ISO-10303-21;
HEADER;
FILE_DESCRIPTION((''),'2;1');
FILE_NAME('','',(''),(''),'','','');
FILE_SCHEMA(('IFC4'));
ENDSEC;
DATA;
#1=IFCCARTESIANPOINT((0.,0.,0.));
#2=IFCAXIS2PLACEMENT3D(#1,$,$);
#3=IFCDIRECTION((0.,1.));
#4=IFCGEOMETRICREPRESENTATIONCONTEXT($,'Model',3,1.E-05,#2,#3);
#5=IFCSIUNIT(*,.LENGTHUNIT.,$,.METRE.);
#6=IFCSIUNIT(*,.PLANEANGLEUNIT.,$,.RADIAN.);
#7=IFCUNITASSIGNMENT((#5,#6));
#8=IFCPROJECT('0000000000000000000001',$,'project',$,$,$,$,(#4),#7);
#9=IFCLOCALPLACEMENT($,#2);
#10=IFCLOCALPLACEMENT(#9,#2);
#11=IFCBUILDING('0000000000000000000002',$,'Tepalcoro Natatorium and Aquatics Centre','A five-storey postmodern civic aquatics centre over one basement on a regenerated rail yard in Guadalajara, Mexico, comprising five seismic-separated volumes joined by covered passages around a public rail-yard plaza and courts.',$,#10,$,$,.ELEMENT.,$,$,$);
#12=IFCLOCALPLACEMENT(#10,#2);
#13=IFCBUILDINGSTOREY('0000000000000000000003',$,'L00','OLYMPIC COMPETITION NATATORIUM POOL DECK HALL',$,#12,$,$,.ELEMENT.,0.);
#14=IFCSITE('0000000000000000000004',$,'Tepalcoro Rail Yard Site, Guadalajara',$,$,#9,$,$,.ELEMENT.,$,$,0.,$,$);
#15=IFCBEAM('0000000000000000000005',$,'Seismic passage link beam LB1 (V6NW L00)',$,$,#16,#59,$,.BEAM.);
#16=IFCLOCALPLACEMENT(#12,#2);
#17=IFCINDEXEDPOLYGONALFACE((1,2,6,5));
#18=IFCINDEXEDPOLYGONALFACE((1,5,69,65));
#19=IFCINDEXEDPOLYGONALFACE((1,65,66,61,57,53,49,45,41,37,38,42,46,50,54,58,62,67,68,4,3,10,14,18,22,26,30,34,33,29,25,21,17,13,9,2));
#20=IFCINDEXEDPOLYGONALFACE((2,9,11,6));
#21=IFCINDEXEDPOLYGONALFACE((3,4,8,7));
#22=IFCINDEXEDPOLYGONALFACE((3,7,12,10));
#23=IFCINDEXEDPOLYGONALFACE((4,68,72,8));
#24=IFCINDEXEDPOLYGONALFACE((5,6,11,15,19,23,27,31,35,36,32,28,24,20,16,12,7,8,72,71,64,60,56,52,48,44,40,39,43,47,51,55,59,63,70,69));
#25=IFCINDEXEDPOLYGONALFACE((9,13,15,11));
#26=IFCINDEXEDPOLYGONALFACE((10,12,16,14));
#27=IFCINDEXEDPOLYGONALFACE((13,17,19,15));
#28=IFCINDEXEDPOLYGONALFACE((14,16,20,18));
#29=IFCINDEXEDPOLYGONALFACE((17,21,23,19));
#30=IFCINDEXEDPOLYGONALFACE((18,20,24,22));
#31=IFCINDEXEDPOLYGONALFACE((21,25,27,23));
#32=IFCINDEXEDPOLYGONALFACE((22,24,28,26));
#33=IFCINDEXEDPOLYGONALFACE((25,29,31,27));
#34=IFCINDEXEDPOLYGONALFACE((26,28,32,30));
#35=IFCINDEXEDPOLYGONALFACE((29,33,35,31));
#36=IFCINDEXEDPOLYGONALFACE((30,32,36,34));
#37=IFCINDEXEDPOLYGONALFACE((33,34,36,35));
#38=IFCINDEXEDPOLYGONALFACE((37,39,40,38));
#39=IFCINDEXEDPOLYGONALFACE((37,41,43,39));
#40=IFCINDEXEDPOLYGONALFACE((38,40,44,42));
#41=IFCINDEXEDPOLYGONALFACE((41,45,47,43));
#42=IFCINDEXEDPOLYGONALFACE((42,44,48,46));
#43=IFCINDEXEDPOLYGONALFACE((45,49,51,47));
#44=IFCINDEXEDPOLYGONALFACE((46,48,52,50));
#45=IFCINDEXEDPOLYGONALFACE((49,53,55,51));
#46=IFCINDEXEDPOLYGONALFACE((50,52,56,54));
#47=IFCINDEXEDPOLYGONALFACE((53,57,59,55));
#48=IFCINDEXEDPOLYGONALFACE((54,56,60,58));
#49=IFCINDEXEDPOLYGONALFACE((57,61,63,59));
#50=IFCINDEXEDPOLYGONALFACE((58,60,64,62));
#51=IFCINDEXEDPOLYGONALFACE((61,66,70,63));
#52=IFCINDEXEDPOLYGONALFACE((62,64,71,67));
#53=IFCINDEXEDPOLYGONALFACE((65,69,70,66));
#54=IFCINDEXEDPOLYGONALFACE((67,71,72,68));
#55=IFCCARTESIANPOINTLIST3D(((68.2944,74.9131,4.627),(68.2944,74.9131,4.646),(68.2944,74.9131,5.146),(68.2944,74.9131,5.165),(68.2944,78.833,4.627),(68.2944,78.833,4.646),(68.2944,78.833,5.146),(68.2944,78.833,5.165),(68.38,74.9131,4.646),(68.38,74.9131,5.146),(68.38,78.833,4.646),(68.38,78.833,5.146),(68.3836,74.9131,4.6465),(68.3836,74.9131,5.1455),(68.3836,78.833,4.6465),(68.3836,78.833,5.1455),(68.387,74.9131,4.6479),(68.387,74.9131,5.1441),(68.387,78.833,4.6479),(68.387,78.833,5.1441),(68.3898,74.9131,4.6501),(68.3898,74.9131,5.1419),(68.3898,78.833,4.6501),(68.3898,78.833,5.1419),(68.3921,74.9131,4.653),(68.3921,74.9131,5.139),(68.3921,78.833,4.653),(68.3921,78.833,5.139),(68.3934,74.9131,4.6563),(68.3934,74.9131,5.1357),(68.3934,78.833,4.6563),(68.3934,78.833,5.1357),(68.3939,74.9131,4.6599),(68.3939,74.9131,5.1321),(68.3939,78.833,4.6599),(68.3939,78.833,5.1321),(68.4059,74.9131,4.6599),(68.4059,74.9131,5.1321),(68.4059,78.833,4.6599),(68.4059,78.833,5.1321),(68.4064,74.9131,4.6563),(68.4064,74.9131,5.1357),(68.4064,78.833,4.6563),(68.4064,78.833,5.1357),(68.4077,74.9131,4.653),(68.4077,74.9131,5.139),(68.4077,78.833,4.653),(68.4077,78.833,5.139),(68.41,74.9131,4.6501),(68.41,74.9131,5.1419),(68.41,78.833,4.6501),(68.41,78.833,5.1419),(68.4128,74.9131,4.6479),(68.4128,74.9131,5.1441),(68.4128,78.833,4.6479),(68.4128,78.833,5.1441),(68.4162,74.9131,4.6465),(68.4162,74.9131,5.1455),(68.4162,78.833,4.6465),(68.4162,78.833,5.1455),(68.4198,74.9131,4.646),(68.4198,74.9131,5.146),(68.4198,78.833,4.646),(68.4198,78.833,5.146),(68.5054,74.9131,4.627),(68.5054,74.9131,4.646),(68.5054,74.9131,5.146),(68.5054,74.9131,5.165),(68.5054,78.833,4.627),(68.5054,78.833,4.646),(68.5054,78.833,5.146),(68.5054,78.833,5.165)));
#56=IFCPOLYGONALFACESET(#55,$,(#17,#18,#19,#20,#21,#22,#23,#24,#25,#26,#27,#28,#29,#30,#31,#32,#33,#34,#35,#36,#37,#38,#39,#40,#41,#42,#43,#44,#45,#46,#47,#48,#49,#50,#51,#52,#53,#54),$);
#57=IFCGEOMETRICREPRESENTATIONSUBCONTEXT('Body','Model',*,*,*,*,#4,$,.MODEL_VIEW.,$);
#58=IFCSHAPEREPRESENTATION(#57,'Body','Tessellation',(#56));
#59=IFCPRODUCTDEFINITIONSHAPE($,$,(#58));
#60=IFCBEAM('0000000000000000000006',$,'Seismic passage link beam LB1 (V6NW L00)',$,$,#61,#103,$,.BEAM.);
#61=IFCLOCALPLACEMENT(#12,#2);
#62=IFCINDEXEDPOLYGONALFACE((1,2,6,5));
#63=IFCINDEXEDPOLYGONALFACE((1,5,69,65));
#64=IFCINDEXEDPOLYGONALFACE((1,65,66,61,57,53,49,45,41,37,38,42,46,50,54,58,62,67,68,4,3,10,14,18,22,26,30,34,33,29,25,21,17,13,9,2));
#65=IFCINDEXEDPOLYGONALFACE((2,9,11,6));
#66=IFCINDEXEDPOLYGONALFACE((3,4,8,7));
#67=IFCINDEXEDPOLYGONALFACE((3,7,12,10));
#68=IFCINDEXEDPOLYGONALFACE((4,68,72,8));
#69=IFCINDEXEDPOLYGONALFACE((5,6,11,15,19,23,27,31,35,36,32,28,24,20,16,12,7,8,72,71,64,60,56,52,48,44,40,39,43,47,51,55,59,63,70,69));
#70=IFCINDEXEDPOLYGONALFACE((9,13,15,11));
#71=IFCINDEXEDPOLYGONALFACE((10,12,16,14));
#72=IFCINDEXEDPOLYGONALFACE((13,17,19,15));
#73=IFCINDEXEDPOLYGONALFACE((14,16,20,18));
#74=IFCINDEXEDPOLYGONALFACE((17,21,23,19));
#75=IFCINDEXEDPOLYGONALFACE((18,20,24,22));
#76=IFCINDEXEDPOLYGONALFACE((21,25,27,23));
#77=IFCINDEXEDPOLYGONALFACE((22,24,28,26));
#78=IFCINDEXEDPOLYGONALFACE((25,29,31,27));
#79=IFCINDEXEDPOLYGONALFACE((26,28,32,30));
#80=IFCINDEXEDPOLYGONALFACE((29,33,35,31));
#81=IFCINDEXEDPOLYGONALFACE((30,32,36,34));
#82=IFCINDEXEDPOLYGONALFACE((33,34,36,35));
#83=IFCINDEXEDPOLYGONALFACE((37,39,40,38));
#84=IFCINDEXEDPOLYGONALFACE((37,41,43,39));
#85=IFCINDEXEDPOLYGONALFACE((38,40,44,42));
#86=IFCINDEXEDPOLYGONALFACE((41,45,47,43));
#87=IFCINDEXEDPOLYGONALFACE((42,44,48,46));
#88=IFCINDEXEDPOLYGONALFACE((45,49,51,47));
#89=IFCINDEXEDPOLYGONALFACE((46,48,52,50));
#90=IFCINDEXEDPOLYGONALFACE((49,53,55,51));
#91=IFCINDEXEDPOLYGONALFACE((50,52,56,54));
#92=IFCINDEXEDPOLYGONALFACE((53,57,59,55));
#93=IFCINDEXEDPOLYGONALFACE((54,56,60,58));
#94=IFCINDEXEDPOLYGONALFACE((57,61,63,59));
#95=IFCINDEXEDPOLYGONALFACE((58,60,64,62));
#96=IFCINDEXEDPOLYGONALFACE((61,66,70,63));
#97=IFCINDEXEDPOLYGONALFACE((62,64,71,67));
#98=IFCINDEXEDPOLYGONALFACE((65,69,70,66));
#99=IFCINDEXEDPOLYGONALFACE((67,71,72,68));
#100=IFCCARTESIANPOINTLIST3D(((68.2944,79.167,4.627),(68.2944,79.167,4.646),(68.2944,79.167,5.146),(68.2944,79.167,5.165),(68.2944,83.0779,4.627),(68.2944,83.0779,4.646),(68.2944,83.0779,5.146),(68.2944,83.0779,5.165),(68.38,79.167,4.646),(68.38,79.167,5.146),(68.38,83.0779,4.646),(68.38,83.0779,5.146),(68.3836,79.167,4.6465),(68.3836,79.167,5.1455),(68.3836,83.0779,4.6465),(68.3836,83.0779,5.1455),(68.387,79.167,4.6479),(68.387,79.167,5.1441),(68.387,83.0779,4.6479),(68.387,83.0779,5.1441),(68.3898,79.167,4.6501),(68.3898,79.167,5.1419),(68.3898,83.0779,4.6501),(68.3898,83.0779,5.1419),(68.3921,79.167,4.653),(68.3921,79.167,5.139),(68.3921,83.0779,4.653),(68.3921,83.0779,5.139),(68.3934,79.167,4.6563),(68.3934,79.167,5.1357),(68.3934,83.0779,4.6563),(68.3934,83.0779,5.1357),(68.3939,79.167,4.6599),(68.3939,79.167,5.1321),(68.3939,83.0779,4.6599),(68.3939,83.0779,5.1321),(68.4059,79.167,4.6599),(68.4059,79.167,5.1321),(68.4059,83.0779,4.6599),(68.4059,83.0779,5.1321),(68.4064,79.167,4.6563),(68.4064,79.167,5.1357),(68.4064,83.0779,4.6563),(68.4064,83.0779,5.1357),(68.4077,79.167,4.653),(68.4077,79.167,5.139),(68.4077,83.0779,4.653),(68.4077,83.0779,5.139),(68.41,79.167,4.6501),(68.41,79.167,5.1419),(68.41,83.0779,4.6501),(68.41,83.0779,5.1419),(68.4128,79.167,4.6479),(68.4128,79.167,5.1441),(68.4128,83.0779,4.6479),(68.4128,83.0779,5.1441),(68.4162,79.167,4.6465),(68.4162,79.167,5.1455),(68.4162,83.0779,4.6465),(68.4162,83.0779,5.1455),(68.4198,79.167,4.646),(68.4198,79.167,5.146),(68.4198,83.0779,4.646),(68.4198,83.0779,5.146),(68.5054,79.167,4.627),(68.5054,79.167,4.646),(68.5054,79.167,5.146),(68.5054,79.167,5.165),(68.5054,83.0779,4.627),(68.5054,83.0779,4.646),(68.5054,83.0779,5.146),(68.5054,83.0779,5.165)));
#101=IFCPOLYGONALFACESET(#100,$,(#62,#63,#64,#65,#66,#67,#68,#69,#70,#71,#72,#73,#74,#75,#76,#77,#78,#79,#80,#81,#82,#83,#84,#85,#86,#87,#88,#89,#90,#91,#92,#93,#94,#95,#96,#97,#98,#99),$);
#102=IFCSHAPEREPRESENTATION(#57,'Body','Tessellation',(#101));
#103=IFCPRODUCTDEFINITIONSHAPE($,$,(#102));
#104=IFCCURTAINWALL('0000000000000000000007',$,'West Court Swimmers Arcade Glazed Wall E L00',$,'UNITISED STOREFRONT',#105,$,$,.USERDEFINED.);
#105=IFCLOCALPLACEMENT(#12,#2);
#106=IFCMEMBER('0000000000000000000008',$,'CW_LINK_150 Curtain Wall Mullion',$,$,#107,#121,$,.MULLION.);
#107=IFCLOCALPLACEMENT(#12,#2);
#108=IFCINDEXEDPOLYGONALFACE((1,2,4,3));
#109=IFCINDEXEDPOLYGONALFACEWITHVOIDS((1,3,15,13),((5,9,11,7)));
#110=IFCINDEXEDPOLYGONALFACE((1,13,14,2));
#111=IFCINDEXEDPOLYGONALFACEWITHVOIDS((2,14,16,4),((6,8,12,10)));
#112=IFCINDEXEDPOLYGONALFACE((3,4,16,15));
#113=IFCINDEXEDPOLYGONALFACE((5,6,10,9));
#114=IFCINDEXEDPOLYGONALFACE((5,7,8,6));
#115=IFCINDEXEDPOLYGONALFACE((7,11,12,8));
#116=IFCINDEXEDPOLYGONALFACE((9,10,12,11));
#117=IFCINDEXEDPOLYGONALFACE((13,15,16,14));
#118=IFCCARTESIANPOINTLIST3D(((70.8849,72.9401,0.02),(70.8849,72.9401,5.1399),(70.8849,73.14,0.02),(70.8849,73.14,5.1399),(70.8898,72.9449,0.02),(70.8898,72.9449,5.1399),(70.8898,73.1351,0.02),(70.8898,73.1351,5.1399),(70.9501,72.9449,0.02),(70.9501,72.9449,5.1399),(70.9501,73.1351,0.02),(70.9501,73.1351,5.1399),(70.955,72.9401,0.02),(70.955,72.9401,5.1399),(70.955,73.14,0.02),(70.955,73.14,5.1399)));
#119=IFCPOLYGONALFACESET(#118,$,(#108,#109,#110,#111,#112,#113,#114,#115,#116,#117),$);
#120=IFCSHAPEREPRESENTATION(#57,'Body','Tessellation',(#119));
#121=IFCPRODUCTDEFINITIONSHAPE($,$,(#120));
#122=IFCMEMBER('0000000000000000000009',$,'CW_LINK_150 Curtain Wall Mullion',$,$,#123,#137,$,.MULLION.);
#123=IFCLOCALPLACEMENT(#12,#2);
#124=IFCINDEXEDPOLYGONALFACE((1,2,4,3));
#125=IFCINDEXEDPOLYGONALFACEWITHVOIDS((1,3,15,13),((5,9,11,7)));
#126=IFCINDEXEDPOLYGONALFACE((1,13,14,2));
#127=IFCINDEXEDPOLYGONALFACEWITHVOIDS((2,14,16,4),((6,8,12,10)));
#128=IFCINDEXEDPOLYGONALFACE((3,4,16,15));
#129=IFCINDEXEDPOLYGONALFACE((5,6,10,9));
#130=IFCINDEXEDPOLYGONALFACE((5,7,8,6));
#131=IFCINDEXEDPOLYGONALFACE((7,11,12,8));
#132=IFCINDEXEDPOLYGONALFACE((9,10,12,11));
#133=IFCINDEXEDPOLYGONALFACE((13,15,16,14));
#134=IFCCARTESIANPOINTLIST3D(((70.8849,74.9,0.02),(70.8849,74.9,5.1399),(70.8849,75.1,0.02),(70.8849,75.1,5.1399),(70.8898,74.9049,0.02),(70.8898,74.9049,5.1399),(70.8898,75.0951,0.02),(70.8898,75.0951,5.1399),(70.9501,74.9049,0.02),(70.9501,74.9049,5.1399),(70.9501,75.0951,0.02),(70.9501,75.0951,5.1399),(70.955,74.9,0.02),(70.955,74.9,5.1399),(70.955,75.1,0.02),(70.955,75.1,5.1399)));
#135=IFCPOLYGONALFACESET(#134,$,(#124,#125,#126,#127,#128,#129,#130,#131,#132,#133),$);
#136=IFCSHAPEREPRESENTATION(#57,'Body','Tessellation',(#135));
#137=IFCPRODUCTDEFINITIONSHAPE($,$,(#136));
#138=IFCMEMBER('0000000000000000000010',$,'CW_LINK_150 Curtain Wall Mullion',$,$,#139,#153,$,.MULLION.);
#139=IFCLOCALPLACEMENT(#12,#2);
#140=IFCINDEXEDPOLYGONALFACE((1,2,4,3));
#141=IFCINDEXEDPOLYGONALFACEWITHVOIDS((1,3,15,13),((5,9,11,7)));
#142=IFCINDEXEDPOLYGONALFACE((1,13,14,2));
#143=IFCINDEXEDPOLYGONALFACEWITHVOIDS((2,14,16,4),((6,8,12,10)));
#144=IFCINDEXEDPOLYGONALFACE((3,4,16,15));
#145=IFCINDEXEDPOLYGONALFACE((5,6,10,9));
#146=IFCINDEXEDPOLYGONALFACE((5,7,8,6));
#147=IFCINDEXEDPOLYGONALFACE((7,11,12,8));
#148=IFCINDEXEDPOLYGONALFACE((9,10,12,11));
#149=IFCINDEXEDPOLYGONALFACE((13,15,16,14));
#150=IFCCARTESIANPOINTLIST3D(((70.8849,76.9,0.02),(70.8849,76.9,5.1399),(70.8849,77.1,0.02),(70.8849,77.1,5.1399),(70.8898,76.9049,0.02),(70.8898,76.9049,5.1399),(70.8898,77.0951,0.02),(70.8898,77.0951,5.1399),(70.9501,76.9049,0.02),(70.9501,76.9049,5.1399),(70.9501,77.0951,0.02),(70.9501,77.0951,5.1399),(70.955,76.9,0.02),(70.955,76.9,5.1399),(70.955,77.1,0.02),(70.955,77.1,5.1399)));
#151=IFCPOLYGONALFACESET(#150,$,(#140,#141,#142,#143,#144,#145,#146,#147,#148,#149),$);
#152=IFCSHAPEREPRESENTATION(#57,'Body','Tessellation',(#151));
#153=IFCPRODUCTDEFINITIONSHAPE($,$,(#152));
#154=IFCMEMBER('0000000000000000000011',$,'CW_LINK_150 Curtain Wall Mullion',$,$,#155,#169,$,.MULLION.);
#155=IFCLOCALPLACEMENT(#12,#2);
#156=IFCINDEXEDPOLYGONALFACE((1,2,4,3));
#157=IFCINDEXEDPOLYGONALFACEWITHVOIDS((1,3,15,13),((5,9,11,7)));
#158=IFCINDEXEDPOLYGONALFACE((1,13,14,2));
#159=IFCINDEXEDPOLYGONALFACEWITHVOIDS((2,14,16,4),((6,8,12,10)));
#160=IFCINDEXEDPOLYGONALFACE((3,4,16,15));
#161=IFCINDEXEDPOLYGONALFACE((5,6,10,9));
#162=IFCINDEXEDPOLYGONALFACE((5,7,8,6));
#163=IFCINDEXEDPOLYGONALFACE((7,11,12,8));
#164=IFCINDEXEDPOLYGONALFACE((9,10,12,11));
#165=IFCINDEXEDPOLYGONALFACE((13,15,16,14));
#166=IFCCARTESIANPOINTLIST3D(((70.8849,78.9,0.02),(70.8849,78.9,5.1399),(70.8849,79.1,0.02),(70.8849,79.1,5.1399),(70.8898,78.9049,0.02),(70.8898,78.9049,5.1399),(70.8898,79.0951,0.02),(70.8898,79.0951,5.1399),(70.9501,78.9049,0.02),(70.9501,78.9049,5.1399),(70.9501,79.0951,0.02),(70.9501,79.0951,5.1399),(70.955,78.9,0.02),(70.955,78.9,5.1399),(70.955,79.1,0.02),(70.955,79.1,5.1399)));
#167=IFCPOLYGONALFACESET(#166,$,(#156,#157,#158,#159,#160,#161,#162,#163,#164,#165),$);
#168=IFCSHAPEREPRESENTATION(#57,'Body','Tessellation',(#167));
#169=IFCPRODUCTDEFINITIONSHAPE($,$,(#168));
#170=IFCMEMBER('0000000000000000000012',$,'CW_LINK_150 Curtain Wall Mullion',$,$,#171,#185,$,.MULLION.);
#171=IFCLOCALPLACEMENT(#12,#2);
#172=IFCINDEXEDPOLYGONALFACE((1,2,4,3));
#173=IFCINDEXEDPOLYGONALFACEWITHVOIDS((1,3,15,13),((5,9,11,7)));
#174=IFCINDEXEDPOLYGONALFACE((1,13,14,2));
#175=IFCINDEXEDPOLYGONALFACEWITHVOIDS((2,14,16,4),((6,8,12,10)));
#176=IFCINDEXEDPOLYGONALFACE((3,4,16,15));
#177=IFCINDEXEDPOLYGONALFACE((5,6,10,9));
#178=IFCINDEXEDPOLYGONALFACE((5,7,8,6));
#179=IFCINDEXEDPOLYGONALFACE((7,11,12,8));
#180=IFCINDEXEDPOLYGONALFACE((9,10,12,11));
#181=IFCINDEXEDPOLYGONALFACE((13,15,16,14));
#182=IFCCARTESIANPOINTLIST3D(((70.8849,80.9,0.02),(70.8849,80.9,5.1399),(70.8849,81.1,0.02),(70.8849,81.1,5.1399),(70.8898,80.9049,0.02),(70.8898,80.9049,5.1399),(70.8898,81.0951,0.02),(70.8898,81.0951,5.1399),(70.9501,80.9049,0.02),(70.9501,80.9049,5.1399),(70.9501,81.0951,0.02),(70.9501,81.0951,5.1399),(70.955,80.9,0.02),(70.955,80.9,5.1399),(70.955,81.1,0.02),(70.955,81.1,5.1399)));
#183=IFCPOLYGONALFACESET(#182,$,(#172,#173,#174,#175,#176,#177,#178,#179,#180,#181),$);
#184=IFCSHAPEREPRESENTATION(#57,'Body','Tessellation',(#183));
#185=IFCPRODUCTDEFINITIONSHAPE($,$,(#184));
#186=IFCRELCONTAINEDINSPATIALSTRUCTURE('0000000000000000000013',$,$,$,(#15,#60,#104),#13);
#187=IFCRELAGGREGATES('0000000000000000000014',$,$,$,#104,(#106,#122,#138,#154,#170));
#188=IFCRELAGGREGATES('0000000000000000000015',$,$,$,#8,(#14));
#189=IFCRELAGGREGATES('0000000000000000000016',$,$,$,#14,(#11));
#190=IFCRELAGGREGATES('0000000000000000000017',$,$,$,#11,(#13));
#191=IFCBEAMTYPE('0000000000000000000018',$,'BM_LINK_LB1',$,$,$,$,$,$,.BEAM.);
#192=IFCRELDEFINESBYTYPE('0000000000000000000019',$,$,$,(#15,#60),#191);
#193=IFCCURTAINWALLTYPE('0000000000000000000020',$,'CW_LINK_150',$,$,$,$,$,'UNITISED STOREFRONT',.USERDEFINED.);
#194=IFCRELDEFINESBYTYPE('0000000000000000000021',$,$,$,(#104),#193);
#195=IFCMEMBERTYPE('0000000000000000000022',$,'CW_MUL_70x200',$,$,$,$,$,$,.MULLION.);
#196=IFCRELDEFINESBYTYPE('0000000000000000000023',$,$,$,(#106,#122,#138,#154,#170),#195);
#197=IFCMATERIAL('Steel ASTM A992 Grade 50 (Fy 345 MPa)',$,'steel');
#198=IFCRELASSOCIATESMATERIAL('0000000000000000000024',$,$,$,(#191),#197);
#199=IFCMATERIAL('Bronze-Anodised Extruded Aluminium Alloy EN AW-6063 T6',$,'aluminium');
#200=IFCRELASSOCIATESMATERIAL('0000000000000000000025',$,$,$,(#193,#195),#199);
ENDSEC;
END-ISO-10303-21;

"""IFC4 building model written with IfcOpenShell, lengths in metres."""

from ifc_helpers import new_model, si_unit, direction, frame, origin, origin_2d, place, context, subcontext, project, spatial, hollow_rectangle, i_section, extrude, material, material_profile, profile_set, type_object, element, aggregate, save


model = new_model("IFC4")

# Units and contexts
model_context = context("Model", 3, precision=1e-05, world=origin(), true_north=direction((0.0, 1.0)))
body_context = subcontext(model_context, "Body", "Model", "MODEL_VIEW")
ifc_project = project(units=[si_unit("LENGTHUNIT", "METRE"), si_unit("PLANEANGLEUNIT", "RADIAN")], contexts=[model_context])

# Site, building, storey
site_placement = place(None, origin())
site = spatial("IfcSite", under=ifc_project, at=site_placement, Name="Tepalcoro Rail Yard Site, Guadalajara", CompositionType="ELEMENT", RefElevation=0.0)
building_placement = place(site_placement, origin())
building = spatial("IfcBuilding", under=site, at=building_placement, Name="Tepalcoro Natatorium and Aquatics Centre", Description="A five-storey postmodern civic aquatics centre over one basement on a regenerated rail yard in Guadalajara, Mexico, comprising five seismic-separated volumes joined by covered passages around a public rail-yard plaza and courts.", CompositionType="ELEMENT")
storey_placement = place(building_placement, origin())
storey = spatial("IfcBuildingStorey", under=building, at=storey_placement, Name="L00", Description="OLYMPIC COMPETITION NATATORIUM POOL DECK HALL", CompositionType="ELEMENT", Elevation=0.0)

# Shared definitions
ifc_material_1 = material(Name="Steel ASTM A992 Grade 50 (Fy 345 MPa)", Category="steel")

# Beams
ifc_material_profile_1 = material_profile(ifc_material_1, i_section(OverallWidth=0.2109, OverallDepth=0.5381, WebThickness=0.012, FlangeThickness=0.019, FilletRadius=0.0139, at=origin_2d()), Name="W21X73")
ifc_profile_set_1 = profile_set([ifc_material_profile_1], Name="Steel ASTM A992 Grade 50 (Fy 345 MPa)")
beam_type_1 = type_object("IfcBeamType", Name="BM_LINK_LB1", PredefinedType="BEAM", material=ifc_profile_set_1)
beam_1_placement = place(storey_placement, frame((68.3999, 74.9131, 4.896), z_axis=(0.0, 1.0, 0.0), x_axis=(-1.0, 0.0, 0.0)))
element("IfcBeam", 1, at=beam_1_placement, inside=storey, type_object=beam_type_1, Name="Seismic passage link beam LB1 (V6NW L00)", PredefinedType="BEAM", context=body_context, shape_type="SweptSolid", body=[
    extrude(i_section(OverallWidth=0.2109, OverallDepth=0.5381, WebThickness=0.012, FlangeThickness=0.019, FilletRadius=0.0139, at=origin_2d()), origin(), (0.0, 0.0, 1.0), 3.9199),
])
beam_2_placement = place(storey_placement, frame((68.3999, 79.167, 4.896), z_axis=(0.0, 1.0, 0.0), x_axis=(-1.0, 0.0, 0.0)))
element("IfcBeam", 2, at=beam_2_placement, inside=storey, type_object=beam_type_1, Name="Seismic passage link beam LB1 (V6NW L00)", PredefinedType="BEAM", context=body_context, shape_type="SweptSolid", body=[
    extrude(i_section(OverallWidth=0.2109, OverallDepth=0.5381, WebThickness=0.012, FlangeThickness=0.019, FilletRadius=0.0139, at=origin_2d()), origin(), (0.0, 0.0, 1.0), 3.9109),
])

# Curtain wall, members
ifc_material_2 = material(Name="Bronze-Anodised Extruded Aluminium Alloy EN AW-6063 T6", Category="aluminium")
curtain_wall_type = type_object("IfcCurtainWallType", Name="CW_LINK_150", ElementType="UNITISED STOREFRONT", PredefinedType="USERDEFINED", material=ifc_material_2)
curtain_wall_placement = place(storey_placement, origin())
curtain_wall = element("IfcCurtainWall", 3, at=curtain_wall_placement, inside=storey, type_object=curtain_wall_type, Name="West Court Swimmers Arcade Glazed Wall E L00", ObjectType="UNITISED STOREFRONT", PredefinedType="USERDEFINED")
ifc_material_profile_2 = material_profile(ifc_material_2, hollow_rectangle(XDim=0.0701, YDim=0.2, WallThickness=0.0049, at=origin_2d()), Name="AL70X200X5")
ifc_profile_set_2 = profile_set([ifc_material_profile_2], Name="Bronze-Anodised Extruded Aluminium Alloy EN AW-6063 T6")
member_type_1 = type_object("IfcMemberType", Name="CW_MUL_70x200", PredefinedType="MULLION", material=ifc_profile_set_2)
member_1_placement = place(storey_placement, frame((70.9199, 73.04, 0.02), z_axis=(0.0, 0.0, 1.0), x_axis=(1.0, 0.0, 0.0)))
member_1 = element("IfcMember", 4, at=member_1_placement, type_object=member_type_1, Name="CW_LINK_150 Curtain Wall Mullion", PredefinedType="MULLION", context=body_context, shape_type="SweptSolid", body=[
    extrude(hollow_rectangle(XDim=0.0701, YDim=0.2, WallThickness=0.0049, at=origin_2d()), origin(), (0.0, 0.0, 1.0), 5.1199),
])
member_2_placement = place(storey_placement, frame((70.9199, 75.0, 0.02), z_axis=(0.0, 0.0, 1.0), x_axis=(1.0, 0.0, 0.0)))
member_2 = element("IfcMember", 5, at=member_2_placement, type_object=member_type_1, Name="CW_LINK_150 Curtain Wall Mullion", PredefinedType="MULLION", context=body_context, shape_type="SweptSolid", body=[
    extrude(hollow_rectangle(XDim=0.0701, YDim=0.2, WallThickness=0.0049, at=origin_2d()), origin(), (0.0, 0.0, 1.0), 5.1199),
])
member_3_placement = place(storey_placement, frame((70.9199, 77.0, 0.02), z_axis=(0.0, 0.0, 1.0), x_axis=(1.0, 0.0, 0.0)))
member_3 = element("IfcMember", 6, at=member_3_placement, type_object=member_type_1, Name="CW_LINK_150 Curtain Wall Mullion", PredefinedType="MULLION", context=body_context, shape_type="SweptSolid", body=[
    extrude(hollow_rectangle(XDim=0.0701, YDim=0.2, WallThickness=0.0049, at=origin_2d()), origin(), (0.0, 0.0, 1.0), 5.1199),
])
member_4_placement = place(storey_placement, frame((70.9199, 79.0, 0.02), z_axis=(0.0, 0.0, 1.0), x_axis=(1.0, 0.0, 0.0)))
member_4 = element("IfcMember", 7, at=member_4_placement, type_object=member_type_1, Name="CW_LINK_150 Curtain Wall Mullion", PredefinedType="MULLION", context=body_context, shape_type="SweptSolid", body=[
    extrude(hollow_rectangle(XDim=0.0701, YDim=0.2, WallThickness=0.0049, at=origin_2d()), origin(), (0.0, 0.0, 1.0), 5.1199),
])
member_5_placement = place(storey_placement, frame((70.9199, 81.0, 0.02), z_axis=(0.0, 0.0, 1.0), x_axis=(1.0, 0.0, 0.0)))
member_5 = element("IfcMember", 8, at=member_5_placement, type_object=member_type_1, Name="CW_LINK_150 Curtain Wall Mullion", PredefinedType="MULLION", context=body_context, shape_type="SweptSolid", body=[
    extrude(hollow_rectangle(XDim=0.0701, YDim=0.2, WallThickness=0.0049, at=origin_2d()), origin(), (0.0, 0.0, 1.0), 5.1199),
])

aggregate(curtain_wall, [member_1, member_2, member_3, member_4, member_5])

save(model, "model.ifc")
